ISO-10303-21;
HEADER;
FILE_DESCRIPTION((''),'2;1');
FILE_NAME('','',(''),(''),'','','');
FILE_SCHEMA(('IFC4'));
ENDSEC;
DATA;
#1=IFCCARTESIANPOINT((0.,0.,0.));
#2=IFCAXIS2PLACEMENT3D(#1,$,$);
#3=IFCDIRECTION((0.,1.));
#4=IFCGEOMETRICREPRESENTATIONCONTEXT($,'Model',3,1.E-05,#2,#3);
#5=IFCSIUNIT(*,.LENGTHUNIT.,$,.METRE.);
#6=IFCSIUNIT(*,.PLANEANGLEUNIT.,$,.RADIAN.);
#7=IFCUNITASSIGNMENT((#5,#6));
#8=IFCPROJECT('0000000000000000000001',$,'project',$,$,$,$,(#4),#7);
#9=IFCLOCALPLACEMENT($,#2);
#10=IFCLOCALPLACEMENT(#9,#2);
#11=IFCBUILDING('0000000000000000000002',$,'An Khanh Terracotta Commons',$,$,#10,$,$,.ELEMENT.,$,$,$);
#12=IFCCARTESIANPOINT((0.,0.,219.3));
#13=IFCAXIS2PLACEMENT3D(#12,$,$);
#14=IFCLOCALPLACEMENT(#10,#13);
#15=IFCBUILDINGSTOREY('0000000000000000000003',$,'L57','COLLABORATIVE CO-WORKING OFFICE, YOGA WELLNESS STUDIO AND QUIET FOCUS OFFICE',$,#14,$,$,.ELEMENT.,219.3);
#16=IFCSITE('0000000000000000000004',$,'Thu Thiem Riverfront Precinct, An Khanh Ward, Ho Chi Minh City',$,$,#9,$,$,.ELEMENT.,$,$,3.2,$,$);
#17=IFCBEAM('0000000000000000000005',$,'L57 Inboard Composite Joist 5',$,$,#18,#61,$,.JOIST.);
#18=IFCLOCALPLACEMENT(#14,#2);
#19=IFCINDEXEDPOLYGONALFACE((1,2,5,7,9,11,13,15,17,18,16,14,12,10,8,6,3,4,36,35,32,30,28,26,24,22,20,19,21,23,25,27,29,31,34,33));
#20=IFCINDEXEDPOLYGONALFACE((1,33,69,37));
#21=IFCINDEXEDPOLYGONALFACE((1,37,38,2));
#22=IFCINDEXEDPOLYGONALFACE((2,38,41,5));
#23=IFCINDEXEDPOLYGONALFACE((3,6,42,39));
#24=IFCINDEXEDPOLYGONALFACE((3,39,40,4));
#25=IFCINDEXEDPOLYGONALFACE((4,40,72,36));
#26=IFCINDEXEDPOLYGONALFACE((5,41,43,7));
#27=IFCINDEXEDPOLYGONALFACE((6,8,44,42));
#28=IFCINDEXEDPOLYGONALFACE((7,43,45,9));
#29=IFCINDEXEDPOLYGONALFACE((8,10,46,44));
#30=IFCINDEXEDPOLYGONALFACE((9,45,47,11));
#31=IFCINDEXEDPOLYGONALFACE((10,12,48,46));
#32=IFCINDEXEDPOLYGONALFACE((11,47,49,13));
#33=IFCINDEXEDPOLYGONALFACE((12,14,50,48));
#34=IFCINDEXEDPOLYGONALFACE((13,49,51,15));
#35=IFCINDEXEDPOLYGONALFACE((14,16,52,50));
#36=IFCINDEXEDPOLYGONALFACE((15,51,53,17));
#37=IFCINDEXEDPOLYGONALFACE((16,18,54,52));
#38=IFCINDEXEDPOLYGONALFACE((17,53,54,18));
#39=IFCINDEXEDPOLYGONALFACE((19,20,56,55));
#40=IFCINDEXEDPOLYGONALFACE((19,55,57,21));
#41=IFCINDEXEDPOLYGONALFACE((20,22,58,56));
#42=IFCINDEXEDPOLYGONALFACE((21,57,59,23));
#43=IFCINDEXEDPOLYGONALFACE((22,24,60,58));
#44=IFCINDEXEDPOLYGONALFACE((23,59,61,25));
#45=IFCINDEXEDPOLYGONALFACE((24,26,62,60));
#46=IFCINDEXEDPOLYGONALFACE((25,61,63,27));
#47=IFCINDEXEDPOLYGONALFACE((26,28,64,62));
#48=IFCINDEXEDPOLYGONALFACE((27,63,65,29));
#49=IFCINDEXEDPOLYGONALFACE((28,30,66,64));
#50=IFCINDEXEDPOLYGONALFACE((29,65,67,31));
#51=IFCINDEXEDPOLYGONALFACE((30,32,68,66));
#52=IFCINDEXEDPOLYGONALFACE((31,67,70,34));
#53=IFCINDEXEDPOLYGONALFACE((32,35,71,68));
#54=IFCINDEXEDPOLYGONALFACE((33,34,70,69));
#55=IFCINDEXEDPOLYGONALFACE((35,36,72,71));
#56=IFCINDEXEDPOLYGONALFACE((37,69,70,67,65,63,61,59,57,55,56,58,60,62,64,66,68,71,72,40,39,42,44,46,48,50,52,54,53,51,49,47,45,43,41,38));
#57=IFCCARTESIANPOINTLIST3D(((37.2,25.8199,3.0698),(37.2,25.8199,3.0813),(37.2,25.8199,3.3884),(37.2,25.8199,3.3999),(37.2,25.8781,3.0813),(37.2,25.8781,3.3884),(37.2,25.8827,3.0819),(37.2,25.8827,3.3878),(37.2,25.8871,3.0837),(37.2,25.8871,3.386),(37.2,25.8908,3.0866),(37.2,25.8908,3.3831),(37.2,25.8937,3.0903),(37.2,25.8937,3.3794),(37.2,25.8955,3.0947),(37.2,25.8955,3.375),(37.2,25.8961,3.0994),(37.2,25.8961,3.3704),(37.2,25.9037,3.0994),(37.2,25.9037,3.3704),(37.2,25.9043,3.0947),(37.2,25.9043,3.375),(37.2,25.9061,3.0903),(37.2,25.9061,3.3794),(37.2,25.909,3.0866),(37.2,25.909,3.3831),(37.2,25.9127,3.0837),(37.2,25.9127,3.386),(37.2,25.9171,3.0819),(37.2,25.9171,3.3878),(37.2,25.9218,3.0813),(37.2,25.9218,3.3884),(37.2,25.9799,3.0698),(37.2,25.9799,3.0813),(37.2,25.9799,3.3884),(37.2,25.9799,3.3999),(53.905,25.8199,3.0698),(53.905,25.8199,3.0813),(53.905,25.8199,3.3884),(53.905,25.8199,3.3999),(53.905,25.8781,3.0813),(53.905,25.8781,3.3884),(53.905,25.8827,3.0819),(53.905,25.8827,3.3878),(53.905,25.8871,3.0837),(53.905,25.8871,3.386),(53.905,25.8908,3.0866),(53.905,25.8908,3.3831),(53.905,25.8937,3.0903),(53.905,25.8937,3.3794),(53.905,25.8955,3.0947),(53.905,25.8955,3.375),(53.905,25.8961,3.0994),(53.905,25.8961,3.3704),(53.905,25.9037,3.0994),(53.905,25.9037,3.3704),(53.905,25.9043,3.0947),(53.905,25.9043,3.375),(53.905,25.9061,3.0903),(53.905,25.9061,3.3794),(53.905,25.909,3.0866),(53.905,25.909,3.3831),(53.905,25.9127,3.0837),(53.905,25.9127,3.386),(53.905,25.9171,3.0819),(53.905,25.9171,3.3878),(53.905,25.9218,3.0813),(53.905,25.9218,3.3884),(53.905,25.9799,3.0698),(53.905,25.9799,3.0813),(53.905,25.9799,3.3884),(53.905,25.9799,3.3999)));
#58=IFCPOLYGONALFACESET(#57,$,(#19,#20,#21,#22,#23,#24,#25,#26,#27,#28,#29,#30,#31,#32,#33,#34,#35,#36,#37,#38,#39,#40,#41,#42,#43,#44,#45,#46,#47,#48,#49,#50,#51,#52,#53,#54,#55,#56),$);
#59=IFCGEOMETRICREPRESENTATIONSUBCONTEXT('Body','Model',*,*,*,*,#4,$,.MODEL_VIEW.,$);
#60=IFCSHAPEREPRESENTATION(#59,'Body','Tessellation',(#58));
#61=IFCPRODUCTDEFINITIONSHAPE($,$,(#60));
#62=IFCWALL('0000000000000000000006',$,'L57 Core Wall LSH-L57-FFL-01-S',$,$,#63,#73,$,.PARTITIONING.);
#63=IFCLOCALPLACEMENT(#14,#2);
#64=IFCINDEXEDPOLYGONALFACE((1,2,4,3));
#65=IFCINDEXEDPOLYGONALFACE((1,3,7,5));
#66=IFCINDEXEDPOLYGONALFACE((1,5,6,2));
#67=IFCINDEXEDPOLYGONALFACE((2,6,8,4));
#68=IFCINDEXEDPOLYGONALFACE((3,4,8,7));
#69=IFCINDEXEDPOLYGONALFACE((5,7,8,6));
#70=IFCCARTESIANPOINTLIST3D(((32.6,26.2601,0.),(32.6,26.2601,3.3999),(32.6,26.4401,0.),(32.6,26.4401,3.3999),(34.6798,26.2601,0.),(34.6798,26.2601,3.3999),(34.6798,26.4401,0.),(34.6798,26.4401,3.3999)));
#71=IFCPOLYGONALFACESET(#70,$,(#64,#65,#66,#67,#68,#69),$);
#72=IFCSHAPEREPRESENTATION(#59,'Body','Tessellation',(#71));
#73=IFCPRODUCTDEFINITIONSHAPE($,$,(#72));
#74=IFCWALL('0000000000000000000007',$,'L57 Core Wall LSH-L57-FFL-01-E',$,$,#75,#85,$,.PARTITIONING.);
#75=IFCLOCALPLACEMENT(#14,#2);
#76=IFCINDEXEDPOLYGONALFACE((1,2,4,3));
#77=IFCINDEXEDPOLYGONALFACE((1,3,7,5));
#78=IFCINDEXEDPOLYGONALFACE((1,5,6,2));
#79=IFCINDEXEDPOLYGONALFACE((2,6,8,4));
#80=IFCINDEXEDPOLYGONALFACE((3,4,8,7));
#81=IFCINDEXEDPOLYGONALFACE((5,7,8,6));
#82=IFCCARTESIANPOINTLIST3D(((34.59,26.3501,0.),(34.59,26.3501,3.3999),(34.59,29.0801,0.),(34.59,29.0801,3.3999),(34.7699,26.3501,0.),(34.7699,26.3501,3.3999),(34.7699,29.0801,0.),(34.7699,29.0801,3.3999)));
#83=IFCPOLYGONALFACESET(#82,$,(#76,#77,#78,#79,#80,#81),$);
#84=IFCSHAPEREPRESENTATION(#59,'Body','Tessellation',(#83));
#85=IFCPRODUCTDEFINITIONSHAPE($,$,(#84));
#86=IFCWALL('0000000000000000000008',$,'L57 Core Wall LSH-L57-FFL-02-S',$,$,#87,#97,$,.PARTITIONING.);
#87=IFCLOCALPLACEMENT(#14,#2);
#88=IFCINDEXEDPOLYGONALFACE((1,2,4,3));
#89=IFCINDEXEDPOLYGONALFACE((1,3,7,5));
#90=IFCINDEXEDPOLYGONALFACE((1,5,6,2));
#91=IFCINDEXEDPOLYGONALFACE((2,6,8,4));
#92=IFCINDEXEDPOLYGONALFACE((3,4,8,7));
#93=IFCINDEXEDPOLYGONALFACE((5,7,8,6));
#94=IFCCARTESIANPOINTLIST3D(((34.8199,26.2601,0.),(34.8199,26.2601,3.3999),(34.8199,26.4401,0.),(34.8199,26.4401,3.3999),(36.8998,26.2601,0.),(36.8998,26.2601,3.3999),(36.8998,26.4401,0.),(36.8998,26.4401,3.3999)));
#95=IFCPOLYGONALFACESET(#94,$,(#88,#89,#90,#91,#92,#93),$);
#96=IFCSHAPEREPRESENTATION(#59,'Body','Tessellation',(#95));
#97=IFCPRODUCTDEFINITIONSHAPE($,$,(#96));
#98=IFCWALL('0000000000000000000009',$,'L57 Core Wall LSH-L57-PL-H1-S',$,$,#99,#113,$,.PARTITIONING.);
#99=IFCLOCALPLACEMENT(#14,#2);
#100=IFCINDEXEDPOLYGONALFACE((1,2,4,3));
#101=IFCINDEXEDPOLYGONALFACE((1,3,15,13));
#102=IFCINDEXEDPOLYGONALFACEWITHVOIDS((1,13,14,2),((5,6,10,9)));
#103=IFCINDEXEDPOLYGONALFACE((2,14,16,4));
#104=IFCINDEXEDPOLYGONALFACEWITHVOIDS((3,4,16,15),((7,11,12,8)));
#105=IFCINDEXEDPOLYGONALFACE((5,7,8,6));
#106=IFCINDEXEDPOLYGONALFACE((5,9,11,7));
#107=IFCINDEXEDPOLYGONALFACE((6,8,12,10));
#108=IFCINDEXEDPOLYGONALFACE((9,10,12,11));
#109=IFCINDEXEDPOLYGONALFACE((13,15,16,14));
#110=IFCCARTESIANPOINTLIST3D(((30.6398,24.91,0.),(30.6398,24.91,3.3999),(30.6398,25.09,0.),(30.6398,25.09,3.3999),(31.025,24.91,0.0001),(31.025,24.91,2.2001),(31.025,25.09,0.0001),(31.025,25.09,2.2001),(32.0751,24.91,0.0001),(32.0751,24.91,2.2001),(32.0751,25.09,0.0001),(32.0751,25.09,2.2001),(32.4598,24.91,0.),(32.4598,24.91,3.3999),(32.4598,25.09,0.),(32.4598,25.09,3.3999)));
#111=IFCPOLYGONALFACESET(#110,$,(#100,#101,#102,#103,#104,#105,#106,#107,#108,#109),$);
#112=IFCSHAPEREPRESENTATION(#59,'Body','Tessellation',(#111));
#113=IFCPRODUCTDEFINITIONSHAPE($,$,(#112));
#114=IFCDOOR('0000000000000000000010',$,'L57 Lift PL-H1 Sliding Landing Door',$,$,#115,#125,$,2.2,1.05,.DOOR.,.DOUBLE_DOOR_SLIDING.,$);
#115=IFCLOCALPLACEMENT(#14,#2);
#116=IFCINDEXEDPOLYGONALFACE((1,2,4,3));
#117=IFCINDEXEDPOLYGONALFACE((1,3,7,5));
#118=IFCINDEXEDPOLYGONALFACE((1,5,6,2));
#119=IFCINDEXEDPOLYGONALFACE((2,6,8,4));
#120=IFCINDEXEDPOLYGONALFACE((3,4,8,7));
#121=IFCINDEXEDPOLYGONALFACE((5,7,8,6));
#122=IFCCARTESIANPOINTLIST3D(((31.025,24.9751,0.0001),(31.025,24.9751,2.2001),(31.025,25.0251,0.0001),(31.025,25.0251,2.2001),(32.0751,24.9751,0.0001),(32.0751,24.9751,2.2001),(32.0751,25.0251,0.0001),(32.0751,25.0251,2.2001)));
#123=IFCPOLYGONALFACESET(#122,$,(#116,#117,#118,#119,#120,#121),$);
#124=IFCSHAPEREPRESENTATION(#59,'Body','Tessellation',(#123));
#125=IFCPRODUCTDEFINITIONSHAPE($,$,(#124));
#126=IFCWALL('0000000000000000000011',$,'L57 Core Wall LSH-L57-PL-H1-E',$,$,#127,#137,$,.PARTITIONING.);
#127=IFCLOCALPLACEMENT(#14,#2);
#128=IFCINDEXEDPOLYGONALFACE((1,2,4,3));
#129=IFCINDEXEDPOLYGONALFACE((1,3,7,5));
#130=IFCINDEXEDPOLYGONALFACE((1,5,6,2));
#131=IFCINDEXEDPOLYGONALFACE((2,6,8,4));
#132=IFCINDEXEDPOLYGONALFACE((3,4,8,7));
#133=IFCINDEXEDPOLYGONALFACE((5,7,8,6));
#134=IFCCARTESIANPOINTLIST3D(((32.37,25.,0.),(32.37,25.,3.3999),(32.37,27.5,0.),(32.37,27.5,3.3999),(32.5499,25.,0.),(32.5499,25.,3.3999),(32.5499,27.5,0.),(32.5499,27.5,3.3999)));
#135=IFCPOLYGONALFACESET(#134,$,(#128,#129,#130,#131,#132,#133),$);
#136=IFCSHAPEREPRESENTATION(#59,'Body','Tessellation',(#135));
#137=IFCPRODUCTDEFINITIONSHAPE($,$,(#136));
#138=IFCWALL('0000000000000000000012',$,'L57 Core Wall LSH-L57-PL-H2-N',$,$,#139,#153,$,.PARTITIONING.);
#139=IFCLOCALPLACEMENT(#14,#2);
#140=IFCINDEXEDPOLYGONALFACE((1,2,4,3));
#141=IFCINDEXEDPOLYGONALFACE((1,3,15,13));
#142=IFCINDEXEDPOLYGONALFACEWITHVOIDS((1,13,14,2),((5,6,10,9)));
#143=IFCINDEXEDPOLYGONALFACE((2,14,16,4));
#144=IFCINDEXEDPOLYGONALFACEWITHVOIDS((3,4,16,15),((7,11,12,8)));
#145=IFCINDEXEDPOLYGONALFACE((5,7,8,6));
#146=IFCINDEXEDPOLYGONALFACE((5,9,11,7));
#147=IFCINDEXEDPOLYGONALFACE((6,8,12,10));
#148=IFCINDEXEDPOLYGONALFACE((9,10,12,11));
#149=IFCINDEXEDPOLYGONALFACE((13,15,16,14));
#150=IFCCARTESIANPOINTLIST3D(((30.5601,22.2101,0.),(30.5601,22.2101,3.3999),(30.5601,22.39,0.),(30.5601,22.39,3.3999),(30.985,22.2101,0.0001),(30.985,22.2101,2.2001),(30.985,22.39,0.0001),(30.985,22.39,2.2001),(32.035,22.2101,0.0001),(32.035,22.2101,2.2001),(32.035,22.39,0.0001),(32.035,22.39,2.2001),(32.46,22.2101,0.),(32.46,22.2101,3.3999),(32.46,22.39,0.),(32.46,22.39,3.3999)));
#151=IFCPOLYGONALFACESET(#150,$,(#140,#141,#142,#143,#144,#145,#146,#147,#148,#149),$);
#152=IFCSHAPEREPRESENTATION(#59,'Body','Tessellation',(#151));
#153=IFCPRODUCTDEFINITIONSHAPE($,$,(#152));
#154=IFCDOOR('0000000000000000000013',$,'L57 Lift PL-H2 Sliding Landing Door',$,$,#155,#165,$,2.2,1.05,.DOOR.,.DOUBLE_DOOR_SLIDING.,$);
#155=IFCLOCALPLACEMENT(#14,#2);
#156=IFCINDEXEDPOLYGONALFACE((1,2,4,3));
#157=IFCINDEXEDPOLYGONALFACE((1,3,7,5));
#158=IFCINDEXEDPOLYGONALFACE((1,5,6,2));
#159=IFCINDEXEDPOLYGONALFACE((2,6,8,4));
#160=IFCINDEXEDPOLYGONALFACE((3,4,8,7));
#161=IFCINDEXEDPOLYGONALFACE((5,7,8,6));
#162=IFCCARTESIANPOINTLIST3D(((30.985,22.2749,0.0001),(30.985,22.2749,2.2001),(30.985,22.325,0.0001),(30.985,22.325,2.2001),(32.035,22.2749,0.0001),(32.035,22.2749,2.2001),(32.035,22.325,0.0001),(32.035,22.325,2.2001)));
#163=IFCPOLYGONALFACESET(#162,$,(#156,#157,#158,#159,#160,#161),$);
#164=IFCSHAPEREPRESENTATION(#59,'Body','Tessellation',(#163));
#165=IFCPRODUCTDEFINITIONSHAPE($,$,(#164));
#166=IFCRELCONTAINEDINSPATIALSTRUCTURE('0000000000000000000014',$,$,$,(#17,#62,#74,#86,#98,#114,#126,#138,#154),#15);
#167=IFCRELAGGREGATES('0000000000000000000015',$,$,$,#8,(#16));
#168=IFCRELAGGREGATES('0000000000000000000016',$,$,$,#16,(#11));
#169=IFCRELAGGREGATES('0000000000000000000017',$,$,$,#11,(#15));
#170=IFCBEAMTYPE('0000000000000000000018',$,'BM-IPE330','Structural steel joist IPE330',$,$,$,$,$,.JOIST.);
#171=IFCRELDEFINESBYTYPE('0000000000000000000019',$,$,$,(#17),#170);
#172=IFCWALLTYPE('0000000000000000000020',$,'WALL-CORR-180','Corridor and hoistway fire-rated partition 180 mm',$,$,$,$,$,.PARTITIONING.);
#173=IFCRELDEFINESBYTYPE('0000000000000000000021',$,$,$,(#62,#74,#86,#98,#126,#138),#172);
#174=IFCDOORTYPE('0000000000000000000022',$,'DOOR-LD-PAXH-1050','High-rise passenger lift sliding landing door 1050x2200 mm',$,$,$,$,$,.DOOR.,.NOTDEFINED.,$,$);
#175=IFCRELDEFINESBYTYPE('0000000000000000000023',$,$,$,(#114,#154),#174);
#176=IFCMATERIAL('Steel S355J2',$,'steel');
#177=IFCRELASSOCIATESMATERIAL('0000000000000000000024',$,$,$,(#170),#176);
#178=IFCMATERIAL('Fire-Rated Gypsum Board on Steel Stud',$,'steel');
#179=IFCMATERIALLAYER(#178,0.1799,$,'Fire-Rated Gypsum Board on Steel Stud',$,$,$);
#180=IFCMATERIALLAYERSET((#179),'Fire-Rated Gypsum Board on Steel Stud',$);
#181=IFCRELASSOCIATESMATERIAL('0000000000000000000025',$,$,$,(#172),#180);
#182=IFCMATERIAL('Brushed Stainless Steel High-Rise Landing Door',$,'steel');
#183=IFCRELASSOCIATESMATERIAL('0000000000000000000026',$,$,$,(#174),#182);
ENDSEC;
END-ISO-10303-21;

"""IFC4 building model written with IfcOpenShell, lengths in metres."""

from ifc_helpers import new_model, si_unit, direction, frame, frame_2d, origin, origin_2d, place, context, subcontext, project, spatial, rectangle, i_section, extrude, material, layer, layer_set, material_profile, profile_set, type_object, element, fill, save


model = new_model("IFC4")

# Units and contexts
model_context = context("Model", 3, precision=1e-05, world=origin(), true_north=direction((0.0, 1.0)))
body_context = subcontext(model_context, "Body", "Model", "MODEL_VIEW")
ifc_project = project(units=[si_unit("LENGTHUNIT", "METRE"), si_unit("PLANEANGLEUNIT", "RADIAN")], contexts=[model_context])

# Site, building, storey
site_placement = place(None, origin())
site = spatial("IfcSite", under=ifc_project, at=site_placement, Name="Thu Thiem Riverfront Precinct, An Khanh Ward, Ho Chi Minh City", CompositionType="ELEMENT", RefElevation=3.2)
building_placement = place(site_placement, origin())
building = spatial("IfcBuilding", under=site, at=building_placement, Name="An Khanh Terracotta Commons", CompositionType="ELEMENT")
storey_placement = place(building_placement, frame((0.0, 0.0, 219.3)))
storey = spatial("IfcBuildingStorey", under=building, at=storey_placement, Name="L57", Description="COLLABORATIVE CO-WORKING OFFICE, YOGA WELLNESS STUDIO AND QUIET FOCUS OFFICE", CompositionType="ELEMENT", Elevation=219.3)

# Beam
ifc_material_1 = material(Name="Steel S355J2", Category="steel")
ifc_material_profile_1 = material_profile(ifc_material_1, i_section(OverallWidth=0.1599, OverallDepth=0.3301, WebThickness=0.0076, FlangeThickness=0.0115, FilletRadius=0.0181, at=origin_2d()), Name="IPE330")
ifc_profile_set_1 = profile_set([ifc_material_profile_1], Name="Steel S355J2")
beam_type_1 = type_object("IfcBeamType", Name="BM-IPE330", Description="Structural steel joist IPE330", PredefinedType="JOIST", material=ifc_profile_set_1)
for number, where, z_axis, x_axis, name in (
    (1, (37.2, 25.8999, 3.2349), (1.0, 0.0, 0.0), (0.0, 1.0, 0.0), "L57 Inboard Composite Joist 5"),
):
    element("IfcBeam", number, at=place(storey_placement, frame(where, z_axis=z_axis, x_axis=x_axis)), inside=storey, type_object=beam_type_1, Name=name, PredefinedType="JOIST", context=body_context, shape_type="SweptSolid", body=[
        extrude(i_section(OverallWidth=0.1599, OverallDepth=0.3301, WebThickness=0.0076, FlangeThickness=0.0115, FilletRadius=0.0181, at=origin_2d()), origin(), (0.0, 0.0, 1.0), 16.7051),
    ])

# Walls
ifc_material_2 = material(Name="Fire-Rated Gypsum Board on Steel Stud", Category="steel")
ifc_layer_1 = layer(ifc_material_2, 0.1799, Name="Fire-Rated Gypsum Board on Steel Stud")
ifc_layer_set_1 = layer_set([ifc_layer_1], Name="Fire-Rated Gypsum Board on Steel Stud")
wall_type_1 = type_object("IfcWallType", Name="WALL-CORR-180", Description="Corridor and hoistway fire-rated partition 180 mm", PredefinedType="PARTITIONING", material=ifc_layer_set_1)
wall_1_placement = place(storey_placement, frame((34.6799, 26.3501, 0.0), z_axis=(0.0, 0.0, 1.0), x_axis=(-1.0, 0.0, 0.0)))
element("IfcWall", 2, at=wall_1_placement, inside=storey, type_object=wall_type_1, Name="L57 Core Wall LSH-L57-FFL-01-S", PredefinedType="PARTITIONING", context=body_context, shape_type="SweptSolid", body=[
    extrude(rectangle(XDim=2.0798, YDim=0.1799, at=frame_2d((1.04, 0.0))), origin(), (0.0, 0.0, 1.0), 3.3999),
])
wall_2_placement = place(storey_placement, frame((34.6799, 26.3501, 0.0), z_axis=(0.0, 0.0, 1.0), x_axis=(0.0, 1.0, 0.0)))
element("IfcWall", 3, at=wall_2_placement, inside=storey, type_object=wall_type_1, Name="L57 Core Wall LSH-L57-FFL-01-E", PredefinedType="PARTITIONING", context=body_context, shape_type="SweptSolid", body=[
    extrude(rectangle(XDim=2.73, YDim=0.1799, at=frame_2d((1.365, 0.0))), origin(), (0.0, 0.0, 1.0), 3.3999),
])
wall_3_placement = place(storey_placement, frame((36.8999, 26.3501, 0.0), z_axis=(0.0, 0.0, 1.0), x_axis=(-1.0, 0.0, 0.0)))
element("IfcWall", 4, at=wall_3_placement, inside=storey, type_object=wall_type_1, Name="L57 Core Wall LSH-L57-FFL-02-S", PredefinedType="PARTITIONING", context=body_context, shape_type="SweptSolid", body=[
    extrude(rectangle(XDim=2.0798, YDim=0.1799, at=frame_2d((1.04, 0.0))), origin(), (0.0, 0.0, 1.0), 3.3999),
])

# Wall, opening, door
wall_4_placement = place(storey_placement, frame((32.46, 25.0, 0.0), z_axis=(0.0, 0.0, 1.0), x_axis=(-1.0, 0.0, 0.0)))
wall_4 = element("IfcWall", 5, at=wall_4_placement, inside=storey, type_object=wall_type_1, Name="L57 Core Wall LSH-L57-PL-H1-S", PredefinedType="PARTITIONING", context=body_context, shape_type="SweptSolid", body=[
    extrude(rectangle(XDim=1.8201, YDim=0.1799, at=frame_2d((0.9102, 0.0))), origin(), (0.0, 0.0, 1.0), 3.3999),
])
opening_1_placement = place(wall_4_placement, frame((0.385, 0.0, 0.0)))
opening_1 = element("IfcOpeningElement", 6, at=opening_1_placement, cuts=wall_4, PredefinedType="OPENING", context=body_context, shape_type="SweptSolid", body=[
    extrude(rectangle(XDim=1.05, YDim=2.2, at=frame_2d((0.5249, 1.1001))), frame((0.0, 0.0999, 0.0), z_axis=(0.0, -1.0, 0.0), x_axis=(1.0, 0.0, 0.0)), (0.0, 0.0, 1.0), 0.2),
])
ifc_material_3 = material(Name="Brushed Stainless Steel High-Rise Landing Door", Category="steel")
door_type = type_object("IfcDoorType", Name="DOOR-LD-PAXH-1050", Description="High-rise passenger lift sliding landing door 1050x2200 mm", OperationType="NOTDEFINED", PredefinedType="DOOR", material=ifc_material_3)
door_1_placement = place(opening_1_placement, origin())
door_1 = element("IfcDoor", 7, at=door_1_placement, inside=storey, type_object=door_type, Name="L57 Lift PL-H1 Sliding Landing Door", OperationType="DOUBLE_DOOR_SLIDING", OverallHeight=2.2, OverallWidth=1.05, PredefinedType="DOOR", context=body_context, shape_type="SweptSolid", body=[
    extrude(rectangle(XDim=1.05, YDim=2.2, at=frame_2d((0.5249, 1.1001))), frame((0.0, 0.0249, 0.0), z_axis=(0.0, -1.0, 0.0), x_axis=(1.0, 0.0, 0.0)), (0.0, 0.0, 1.0), 0.05),
])
fill(opening_1, door_1)

# Wall
wall_5_placement = place(storey_placement, frame((32.46, 25.0, 0.0), z_axis=(0.0, 0.0, 1.0), x_axis=(0.0, 1.0, 0.0)))
element("IfcWall", 8, at=wall_5_placement, inside=storey, type_object=wall_type_1, Name="L57 Core Wall LSH-L57-PL-H1-E", PredefinedType="PARTITIONING", context=body_context, shape_type="SweptSolid", body=[
    extrude(rectangle(XDim=2.5, YDim=0.1799, at=frame_2d((1.25, 0.0))), origin(), (0.0, 0.0, 1.0), 3.3999),
])

# Wall, opening, door
wall_6_placement = place(storey_placement, frame((30.5601, 22.3, 0.0), z_axis=(0.0, 0.0, 1.0), x_axis=(1.0, 0.0, 0.0)))
wall_6 = element("IfcWall", 9, at=wall_6_placement, inside=storey, type_object=wall_type_1, Name="L57 Core Wall LSH-L57-PL-H2-N", PredefinedType="PARTITIONING", context=body_context, shape_type="SweptSolid", body=[
    extrude(rectangle(XDim=1.8999, YDim=0.1799, at=frame_2d((0.95, 0.0))), origin(), (0.0, 0.0, 1.0), 3.3999),
])
opening_2_placement = place(wall_6_placement, frame((0.425, 0.0, 0.0)))
opening_2 = element("IfcOpeningElement", 10, at=opening_2_placement, cuts=wall_6, PredefinedType="OPENING", context=body_context, shape_type="SweptSolid", body=[
    extrude(rectangle(XDim=1.05, YDim=2.2, at=frame_2d((0.5249, 1.1001))), frame((0.0, 0.0999, 0.0), z_axis=(0.0, -1.0, 0.0), x_axis=(1.0, 0.0, 0.0)), (0.0, 0.0, 1.0), 0.2),
])
door_2_placement = place(opening_2_placement, origin())
door_2 = element("IfcDoor", 11, at=door_2_placement, inside=storey, type_object=door_type, Name="L57 Lift PL-H2 Sliding Landing Door", OperationType="DOUBLE_DOOR_SLIDING", OverallHeight=2.2, OverallWidth=1.05, PredefinedType="DOOR", context=body_context, shape_type="SweptSolid", body=[
    extrude(rectangle(XDim=1.05, YDim=2.2, at=frame_2d((0.5249, 1.1001))), frame((0.0, 0.0249, 0.0), z_axis=(0.0, -1.0, 0.0), x_axis=(1.0, 0.0, 0.0)), (0.0, 0.0, 1.0), 0.05),
])
fill(opening_2, door_2)

save(model, "model.ifc")
